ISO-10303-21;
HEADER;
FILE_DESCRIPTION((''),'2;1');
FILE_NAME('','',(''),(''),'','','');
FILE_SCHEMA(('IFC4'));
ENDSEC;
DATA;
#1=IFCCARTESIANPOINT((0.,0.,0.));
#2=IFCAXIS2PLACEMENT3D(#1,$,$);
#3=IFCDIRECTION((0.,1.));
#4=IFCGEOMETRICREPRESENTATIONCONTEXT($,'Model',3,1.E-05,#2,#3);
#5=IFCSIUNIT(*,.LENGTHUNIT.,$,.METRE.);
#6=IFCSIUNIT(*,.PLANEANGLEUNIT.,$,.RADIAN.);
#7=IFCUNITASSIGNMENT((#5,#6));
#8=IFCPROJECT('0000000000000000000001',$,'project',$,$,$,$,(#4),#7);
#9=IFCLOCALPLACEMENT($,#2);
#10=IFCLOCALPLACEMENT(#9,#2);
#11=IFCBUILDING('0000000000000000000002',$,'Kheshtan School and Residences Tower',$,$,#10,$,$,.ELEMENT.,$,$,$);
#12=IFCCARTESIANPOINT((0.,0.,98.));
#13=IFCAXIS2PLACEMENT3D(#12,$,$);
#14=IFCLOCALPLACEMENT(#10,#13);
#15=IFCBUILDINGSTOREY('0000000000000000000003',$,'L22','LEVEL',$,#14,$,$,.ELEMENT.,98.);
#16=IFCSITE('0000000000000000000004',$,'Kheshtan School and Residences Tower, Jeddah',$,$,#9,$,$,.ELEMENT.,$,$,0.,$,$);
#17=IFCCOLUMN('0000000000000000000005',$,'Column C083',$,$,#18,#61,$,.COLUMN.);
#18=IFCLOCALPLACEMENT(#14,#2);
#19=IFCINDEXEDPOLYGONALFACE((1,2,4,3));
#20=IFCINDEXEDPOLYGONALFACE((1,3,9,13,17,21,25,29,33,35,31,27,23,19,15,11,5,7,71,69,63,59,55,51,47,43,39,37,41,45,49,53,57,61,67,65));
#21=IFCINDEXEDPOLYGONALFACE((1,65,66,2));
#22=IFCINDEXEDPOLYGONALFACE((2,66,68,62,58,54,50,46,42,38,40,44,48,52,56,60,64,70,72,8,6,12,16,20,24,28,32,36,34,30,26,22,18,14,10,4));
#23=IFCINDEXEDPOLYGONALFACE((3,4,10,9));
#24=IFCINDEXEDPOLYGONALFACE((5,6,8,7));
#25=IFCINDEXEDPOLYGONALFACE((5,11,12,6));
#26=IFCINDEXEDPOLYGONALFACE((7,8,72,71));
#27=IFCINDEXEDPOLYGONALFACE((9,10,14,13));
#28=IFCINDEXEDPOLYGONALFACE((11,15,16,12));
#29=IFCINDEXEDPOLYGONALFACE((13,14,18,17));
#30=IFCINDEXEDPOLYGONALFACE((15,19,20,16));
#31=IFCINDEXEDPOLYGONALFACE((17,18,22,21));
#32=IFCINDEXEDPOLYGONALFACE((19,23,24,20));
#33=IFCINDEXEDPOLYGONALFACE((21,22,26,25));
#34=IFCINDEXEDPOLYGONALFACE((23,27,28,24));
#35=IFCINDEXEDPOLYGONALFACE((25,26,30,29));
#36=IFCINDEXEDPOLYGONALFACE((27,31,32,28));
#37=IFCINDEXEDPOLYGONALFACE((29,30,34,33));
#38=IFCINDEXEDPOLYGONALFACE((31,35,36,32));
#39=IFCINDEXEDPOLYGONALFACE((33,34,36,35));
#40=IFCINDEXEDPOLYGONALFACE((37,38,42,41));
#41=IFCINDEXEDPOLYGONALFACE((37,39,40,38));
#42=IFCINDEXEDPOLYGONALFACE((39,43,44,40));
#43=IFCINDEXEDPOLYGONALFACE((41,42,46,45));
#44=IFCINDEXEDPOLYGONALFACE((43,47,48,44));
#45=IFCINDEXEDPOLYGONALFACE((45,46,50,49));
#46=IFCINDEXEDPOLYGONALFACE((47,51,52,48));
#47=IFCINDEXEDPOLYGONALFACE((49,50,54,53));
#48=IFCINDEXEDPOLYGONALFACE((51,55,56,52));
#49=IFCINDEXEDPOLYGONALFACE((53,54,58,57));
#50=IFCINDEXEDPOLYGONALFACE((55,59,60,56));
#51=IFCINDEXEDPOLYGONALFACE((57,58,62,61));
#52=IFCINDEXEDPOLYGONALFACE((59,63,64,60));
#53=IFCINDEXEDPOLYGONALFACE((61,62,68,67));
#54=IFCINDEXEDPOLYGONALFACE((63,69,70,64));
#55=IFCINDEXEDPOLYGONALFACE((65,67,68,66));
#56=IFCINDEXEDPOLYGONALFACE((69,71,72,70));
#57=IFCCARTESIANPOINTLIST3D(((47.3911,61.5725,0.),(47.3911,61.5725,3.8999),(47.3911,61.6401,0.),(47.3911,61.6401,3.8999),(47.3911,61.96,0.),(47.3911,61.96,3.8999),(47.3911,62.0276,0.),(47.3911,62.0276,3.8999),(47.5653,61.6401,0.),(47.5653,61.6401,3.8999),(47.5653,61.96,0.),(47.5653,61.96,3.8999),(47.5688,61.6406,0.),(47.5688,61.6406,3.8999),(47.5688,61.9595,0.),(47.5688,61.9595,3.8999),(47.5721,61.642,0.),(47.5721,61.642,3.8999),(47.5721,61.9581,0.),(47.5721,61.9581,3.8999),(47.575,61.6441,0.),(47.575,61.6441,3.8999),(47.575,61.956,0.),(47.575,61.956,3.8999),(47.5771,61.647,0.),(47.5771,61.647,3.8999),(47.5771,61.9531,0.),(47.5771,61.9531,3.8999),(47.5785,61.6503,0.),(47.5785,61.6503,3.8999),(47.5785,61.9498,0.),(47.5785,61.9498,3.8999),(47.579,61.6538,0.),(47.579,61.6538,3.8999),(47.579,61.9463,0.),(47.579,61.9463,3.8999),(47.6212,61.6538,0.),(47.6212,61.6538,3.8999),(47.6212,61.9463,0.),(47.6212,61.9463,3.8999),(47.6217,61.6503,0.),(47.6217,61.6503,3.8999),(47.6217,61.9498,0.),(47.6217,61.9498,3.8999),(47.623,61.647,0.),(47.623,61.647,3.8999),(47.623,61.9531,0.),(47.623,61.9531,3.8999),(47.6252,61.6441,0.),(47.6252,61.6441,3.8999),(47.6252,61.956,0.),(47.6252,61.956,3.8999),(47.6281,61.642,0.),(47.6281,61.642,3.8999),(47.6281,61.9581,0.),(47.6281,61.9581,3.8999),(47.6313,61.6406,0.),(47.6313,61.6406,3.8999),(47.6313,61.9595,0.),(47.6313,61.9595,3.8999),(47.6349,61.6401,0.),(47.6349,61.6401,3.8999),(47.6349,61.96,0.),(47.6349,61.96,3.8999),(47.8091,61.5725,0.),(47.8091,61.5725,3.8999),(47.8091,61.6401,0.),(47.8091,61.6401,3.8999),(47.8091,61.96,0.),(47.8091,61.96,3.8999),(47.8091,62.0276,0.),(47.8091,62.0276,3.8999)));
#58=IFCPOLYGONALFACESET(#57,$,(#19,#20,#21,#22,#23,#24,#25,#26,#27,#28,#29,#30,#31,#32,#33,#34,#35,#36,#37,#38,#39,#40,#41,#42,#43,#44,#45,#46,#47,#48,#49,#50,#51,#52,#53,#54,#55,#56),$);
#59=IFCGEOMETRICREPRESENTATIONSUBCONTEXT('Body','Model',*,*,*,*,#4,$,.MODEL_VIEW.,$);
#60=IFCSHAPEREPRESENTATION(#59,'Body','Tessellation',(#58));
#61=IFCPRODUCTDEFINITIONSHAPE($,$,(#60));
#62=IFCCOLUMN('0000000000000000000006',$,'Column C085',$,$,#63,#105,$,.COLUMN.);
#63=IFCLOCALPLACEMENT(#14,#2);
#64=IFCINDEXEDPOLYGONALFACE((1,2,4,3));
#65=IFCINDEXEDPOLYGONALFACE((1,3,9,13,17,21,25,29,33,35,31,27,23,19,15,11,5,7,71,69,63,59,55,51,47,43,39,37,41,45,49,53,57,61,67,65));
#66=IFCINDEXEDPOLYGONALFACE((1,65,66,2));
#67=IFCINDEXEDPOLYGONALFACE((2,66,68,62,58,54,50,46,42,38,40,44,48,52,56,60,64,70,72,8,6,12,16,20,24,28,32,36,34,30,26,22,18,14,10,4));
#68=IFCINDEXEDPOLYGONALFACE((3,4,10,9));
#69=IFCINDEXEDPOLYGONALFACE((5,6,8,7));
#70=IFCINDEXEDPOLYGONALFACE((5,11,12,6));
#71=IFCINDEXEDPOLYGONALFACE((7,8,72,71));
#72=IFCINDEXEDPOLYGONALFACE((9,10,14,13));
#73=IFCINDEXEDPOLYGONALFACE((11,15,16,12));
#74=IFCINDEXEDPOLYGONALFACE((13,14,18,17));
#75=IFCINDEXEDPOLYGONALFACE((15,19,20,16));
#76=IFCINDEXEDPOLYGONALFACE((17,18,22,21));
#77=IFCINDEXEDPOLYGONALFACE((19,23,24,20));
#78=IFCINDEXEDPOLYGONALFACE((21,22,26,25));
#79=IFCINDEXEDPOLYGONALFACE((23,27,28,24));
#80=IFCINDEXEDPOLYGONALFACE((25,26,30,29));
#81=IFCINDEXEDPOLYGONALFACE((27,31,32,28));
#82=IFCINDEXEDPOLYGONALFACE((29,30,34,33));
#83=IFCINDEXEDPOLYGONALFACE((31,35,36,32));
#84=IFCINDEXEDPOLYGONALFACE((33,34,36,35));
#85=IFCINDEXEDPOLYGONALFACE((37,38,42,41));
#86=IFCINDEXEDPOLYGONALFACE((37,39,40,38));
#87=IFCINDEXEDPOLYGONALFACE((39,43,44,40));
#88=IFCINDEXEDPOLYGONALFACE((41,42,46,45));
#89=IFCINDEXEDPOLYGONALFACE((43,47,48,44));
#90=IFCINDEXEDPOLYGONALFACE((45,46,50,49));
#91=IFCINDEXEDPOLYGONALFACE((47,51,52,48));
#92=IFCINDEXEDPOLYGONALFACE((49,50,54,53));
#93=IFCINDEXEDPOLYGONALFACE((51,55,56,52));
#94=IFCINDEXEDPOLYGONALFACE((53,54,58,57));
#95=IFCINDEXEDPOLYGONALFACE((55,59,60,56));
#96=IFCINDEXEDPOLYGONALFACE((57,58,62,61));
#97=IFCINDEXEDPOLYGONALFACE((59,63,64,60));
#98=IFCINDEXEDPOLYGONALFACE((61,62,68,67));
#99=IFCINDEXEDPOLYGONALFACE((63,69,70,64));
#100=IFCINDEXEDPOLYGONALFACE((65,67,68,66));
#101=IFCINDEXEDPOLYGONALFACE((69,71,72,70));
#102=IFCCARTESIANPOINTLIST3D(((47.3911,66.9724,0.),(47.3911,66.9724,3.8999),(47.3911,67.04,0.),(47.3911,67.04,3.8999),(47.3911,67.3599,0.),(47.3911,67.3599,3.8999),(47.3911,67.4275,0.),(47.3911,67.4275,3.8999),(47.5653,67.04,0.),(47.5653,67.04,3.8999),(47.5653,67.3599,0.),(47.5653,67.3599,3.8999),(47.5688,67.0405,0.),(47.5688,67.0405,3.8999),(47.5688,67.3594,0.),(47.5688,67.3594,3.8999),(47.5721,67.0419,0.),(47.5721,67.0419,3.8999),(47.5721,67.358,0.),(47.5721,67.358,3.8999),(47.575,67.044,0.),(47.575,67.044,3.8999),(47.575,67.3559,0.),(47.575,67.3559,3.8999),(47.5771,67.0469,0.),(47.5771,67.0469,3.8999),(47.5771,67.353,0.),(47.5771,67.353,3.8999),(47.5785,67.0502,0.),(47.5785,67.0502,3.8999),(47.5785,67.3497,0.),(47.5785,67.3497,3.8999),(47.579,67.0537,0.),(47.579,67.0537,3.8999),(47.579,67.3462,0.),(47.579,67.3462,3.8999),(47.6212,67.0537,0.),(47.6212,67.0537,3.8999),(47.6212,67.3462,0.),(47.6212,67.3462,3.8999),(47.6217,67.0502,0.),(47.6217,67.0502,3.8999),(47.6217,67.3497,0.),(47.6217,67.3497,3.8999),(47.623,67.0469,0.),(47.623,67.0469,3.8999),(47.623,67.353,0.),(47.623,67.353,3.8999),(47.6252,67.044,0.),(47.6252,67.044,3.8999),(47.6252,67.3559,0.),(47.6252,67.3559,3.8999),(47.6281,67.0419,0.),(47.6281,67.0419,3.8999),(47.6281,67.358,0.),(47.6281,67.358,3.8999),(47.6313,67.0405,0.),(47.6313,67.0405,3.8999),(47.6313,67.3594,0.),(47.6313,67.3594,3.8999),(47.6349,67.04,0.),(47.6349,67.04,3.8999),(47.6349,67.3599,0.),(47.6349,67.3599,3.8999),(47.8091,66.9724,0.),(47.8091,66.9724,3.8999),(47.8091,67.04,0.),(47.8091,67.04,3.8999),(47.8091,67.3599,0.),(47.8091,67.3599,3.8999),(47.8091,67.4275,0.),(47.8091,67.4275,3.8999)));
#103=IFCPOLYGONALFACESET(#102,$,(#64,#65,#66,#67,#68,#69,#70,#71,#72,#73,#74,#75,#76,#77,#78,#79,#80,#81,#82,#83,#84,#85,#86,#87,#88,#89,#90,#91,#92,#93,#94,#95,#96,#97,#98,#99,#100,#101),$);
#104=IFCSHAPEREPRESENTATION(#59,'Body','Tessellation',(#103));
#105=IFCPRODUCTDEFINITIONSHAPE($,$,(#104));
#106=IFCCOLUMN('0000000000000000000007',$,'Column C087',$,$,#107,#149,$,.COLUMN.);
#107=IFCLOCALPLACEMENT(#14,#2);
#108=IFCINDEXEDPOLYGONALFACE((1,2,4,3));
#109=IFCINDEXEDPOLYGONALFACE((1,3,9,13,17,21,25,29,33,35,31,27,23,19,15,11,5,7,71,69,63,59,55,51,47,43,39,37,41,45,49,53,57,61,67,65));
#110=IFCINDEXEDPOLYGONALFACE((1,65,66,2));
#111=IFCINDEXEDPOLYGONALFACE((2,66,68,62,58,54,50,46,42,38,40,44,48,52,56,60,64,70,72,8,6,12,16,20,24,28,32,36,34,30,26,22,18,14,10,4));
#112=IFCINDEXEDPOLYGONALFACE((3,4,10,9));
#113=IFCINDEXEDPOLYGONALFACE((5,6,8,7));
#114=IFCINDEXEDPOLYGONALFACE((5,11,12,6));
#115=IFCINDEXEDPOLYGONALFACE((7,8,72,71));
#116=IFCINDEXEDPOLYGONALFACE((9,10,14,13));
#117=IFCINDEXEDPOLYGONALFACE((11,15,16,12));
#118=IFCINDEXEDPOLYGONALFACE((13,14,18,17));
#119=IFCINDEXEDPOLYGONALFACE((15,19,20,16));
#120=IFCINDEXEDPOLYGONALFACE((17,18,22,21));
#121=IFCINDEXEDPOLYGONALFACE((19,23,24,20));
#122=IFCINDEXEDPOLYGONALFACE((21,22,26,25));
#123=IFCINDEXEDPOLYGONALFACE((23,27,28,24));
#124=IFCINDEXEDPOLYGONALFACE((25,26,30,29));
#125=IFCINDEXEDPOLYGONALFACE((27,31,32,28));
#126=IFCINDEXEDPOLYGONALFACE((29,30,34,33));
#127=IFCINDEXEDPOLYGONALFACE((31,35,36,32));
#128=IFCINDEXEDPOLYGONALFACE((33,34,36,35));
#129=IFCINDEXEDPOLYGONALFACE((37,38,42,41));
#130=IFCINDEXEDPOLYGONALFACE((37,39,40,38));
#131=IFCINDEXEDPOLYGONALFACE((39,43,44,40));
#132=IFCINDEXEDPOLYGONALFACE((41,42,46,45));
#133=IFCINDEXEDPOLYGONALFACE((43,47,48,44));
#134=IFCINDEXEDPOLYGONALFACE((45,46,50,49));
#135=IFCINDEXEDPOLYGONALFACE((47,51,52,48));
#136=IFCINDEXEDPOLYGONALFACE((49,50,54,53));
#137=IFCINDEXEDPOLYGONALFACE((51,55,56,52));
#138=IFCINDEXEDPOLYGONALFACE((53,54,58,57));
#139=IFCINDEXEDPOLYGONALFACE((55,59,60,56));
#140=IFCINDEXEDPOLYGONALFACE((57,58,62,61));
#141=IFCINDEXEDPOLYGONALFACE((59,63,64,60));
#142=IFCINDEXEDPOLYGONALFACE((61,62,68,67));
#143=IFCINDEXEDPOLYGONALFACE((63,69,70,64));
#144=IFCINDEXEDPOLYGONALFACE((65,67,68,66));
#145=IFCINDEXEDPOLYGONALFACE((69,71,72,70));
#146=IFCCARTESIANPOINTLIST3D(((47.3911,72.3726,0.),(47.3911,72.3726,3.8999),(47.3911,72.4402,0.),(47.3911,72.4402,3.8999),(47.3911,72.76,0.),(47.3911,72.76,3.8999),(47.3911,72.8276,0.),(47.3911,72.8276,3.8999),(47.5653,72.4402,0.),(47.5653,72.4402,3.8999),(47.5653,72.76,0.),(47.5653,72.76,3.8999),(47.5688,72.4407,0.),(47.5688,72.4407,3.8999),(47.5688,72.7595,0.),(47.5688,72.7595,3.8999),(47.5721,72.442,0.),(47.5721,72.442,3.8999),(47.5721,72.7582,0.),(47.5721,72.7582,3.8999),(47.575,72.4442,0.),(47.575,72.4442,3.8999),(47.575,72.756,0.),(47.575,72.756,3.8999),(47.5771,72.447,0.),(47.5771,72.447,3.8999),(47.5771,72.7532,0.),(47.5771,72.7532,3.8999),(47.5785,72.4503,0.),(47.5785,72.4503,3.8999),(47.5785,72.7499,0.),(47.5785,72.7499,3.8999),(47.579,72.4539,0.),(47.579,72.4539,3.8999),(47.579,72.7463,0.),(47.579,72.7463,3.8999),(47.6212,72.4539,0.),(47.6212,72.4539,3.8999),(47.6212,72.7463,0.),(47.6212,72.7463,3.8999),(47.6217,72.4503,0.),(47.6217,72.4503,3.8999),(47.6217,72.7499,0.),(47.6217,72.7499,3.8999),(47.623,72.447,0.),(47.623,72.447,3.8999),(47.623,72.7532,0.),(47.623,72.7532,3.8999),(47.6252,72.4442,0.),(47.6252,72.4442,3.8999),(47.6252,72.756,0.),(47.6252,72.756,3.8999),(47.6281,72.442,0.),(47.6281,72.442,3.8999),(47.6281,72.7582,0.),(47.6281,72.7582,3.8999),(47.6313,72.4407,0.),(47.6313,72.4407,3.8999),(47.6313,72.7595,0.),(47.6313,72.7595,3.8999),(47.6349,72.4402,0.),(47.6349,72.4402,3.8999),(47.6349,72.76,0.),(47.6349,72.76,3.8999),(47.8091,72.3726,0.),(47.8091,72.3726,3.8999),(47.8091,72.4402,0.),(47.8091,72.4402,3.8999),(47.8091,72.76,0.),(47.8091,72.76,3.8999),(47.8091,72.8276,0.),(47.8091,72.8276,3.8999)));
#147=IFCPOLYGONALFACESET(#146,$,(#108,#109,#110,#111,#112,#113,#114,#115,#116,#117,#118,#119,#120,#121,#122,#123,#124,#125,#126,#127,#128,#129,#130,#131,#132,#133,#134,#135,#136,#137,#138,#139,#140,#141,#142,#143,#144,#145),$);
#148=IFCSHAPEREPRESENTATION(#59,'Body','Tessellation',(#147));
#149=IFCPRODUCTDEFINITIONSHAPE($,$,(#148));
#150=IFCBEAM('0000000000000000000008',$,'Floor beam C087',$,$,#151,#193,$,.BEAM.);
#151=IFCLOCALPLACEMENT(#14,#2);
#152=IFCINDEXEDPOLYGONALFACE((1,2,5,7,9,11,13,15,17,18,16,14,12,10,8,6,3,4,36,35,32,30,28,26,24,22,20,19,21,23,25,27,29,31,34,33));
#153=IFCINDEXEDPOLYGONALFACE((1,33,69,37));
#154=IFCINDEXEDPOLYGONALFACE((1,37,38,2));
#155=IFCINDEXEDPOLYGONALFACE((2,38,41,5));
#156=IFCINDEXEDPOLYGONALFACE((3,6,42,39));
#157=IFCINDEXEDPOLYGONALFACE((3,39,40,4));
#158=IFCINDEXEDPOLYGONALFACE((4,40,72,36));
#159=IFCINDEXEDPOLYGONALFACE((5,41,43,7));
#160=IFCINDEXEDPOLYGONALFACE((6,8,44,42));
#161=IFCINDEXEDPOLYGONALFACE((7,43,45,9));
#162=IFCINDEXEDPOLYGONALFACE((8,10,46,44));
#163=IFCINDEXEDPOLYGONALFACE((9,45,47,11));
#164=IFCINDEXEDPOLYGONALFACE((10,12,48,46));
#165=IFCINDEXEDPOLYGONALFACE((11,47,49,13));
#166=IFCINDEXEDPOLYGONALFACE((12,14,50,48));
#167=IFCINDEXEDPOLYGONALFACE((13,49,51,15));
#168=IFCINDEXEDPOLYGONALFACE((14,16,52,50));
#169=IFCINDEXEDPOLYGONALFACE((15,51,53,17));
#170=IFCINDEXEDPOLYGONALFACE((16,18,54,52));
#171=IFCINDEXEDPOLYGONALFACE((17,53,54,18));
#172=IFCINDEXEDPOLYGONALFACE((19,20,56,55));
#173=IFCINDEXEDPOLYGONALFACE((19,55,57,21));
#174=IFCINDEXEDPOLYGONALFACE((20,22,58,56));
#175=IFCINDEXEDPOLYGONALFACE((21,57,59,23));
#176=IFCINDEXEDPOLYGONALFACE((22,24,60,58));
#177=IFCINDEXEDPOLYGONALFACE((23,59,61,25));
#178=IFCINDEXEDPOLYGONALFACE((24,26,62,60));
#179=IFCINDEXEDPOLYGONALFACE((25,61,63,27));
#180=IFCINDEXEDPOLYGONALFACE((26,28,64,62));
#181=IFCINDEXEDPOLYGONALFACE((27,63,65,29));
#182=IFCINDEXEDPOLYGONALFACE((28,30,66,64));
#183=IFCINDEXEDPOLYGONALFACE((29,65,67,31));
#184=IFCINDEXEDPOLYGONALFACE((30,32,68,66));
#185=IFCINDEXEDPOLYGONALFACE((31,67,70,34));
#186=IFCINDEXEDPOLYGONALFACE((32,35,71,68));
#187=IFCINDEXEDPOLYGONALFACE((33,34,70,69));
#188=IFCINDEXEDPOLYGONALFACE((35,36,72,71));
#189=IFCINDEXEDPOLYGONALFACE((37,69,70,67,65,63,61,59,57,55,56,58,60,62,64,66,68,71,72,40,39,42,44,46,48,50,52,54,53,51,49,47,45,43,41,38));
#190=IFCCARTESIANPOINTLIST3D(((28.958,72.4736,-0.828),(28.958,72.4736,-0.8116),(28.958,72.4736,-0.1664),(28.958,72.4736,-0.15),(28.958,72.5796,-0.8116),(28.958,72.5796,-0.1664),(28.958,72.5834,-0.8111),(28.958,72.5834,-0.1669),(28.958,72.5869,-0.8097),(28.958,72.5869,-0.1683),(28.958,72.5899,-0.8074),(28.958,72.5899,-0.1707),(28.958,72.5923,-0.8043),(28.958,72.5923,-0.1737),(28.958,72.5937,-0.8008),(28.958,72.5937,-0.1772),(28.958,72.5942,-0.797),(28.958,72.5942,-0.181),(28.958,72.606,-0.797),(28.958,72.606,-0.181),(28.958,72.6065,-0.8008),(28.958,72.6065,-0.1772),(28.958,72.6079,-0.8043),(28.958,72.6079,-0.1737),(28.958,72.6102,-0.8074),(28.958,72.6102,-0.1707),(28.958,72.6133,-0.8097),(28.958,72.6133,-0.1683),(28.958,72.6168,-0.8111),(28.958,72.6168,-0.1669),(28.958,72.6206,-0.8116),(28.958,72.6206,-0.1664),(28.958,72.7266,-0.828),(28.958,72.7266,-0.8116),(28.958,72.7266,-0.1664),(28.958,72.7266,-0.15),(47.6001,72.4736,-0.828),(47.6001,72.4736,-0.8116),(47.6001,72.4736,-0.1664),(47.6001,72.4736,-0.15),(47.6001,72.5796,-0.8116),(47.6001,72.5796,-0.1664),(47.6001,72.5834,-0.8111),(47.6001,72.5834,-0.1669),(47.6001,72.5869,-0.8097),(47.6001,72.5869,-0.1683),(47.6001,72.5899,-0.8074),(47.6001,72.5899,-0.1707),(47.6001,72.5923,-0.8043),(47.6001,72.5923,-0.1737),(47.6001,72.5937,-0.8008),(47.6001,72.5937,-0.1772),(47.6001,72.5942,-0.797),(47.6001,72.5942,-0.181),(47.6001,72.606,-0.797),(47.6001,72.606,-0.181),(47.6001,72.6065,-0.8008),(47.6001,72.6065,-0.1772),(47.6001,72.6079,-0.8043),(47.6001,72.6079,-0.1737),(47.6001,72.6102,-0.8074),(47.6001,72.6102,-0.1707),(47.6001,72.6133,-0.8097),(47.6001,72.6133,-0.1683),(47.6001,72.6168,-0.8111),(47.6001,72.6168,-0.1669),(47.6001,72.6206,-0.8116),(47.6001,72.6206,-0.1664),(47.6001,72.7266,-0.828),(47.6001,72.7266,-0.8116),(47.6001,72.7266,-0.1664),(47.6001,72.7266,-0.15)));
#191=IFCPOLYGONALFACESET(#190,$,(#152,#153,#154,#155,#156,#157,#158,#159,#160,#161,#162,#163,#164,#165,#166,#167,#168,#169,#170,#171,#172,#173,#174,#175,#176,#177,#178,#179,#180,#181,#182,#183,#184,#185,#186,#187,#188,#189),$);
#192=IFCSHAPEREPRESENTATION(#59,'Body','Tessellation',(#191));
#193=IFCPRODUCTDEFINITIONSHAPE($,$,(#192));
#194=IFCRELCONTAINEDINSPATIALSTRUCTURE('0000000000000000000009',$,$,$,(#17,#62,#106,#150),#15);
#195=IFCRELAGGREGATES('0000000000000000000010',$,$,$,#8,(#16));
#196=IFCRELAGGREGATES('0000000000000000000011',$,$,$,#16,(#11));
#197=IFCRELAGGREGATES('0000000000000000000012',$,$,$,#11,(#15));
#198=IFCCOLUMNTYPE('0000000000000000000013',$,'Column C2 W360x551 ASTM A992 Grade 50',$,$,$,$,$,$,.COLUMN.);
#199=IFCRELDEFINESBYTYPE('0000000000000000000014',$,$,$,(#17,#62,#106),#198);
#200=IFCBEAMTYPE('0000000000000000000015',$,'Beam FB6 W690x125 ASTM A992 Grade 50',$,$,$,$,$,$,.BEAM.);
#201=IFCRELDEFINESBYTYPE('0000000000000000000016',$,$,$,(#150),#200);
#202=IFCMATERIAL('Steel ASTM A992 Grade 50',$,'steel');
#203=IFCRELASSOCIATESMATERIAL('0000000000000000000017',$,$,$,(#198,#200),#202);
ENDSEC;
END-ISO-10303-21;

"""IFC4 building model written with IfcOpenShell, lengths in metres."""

from ifc_helpers import new_model, si_unit, direction, frame, origin, origin_2d, place, context, subcontext, project, spatial, i_section, extrude, material, material_profile, profile_set, type_object, element, save


model = new_model("IFC4")

# Units and contexts
model_context = context("Model", 3, precision=1e-05, world=origin(), true_north=direction((0.0, 1.0)))
body_context = subcontext(model_context, "Body", "Model", "MODEL_VIEW")
ifc_project = project(units=[si_unit("LENGTHUNIT", "METRE"), si_unit("PLANEANGLEUNIT", "RADIAN")], contexts=[model_context])

# Site, building, storey
site_placement = place(None, origin())
site = spatial("IfcSite", under=ifc_project, at=site_placement, Name="Kheshtan School and Residences Tower, Jeddah", CompositionType="ELEMENT", RefElevation=0.0)
building_placement = place(site_placement, origin())
building = spatial("IfcBuilding", under=site, at=building_placement, Name="Kheshtan School and Residences Tower", CompositionType="ELEMENT")
storey_placement = place(building_placement, frame((0.0, 0.0, 98.0)))
storey = spatial("IfcBuildingStorey", under=building, at=storey_placement, Name="L22", Description="LEVEL", CompositionType="ELEMENT", Elevation=98.0)

# Columns
ifc_material_1 = material(Name="Steel ASTM A992 Grade 50", Category="steel")
ifc_material_profile_1 = material_profile(ifc_material_1, i_section(OverallWidth=0.418, OverallDepth=0.4551, WebThickness=0.0422, FlangeThickness=0.0676, FilletRadius=0.0137, at=origin_2d()), Name="W360x551")
ifc_profile_set_1 = profile_set([ifc_material_profile_1], Name="Steel ASTM A992 Grade 50")
column_type = type_object("IfcColumnType", Name="Column C2 W360x551 ASTM A992 Grade 50", PredefinedType="COLUMN", material=ifc_profile_set_1)
for number, where, z_axis, x_axis, name in (
    (1, (47.6001, 61.8, 0.0), (0.0, 0.0, 1.0), (1.0, 0.0, 0.0), "Column C083"),
    (2, (47.6001, 67.2, 0.0), (0.0, 0.0, 1.0), (1.0, 0.0, 0.0), "Column C085"),
    (3, (47.6001, 72.6001, 0.0), (0.0, 0.0, 1.0), (1.0, 0.0, 0.0), "Column C087"),
):
    element("IfcColumn", number, at=place(storey_placement, frame(where, z_axis=z_axis, x_axis=x_axis)), inside=storey, type_object=column_type, Name=name, PredefinedType="COLUMN", context=body_context, shape_type="SweptSolid", body=[
        extrude(i_section(OverallWidth=0.418, OverallDepth=0.4551, WebThickness=0.0422, FlangeThickness=0.0676, FilletRadius=0.0137, at=origin_2d()), origin(), (0.0, 0.0, 1.0), 3.8999),
    ])

# Beam
ifc_material_profile_2 = material_profile(ifc_material_1, i_section(OverallWidth=0.2529, OverallDepth=0.678, WebThickness=0.0117, FlangeThickness=0.0164, FilletRadius=0.0146, at=origin_2d()), Name="W690x125")
ifc_profile_set_2 = profile_set([ifc_material_profile_2], Name="Steel ASTM A992 Grade 50")
beam_type_1 = type_object("IfcBeamType", Name="Beam FB6 W690x125 ASTM A992 Grade 50", PredefinedType="BEAM", material=ifc_profile_set_2)
beam_1_placement = place(storey_placement, frame((47.6001, 72.6001, -0.489), z_axis=(-1.0, 0.0, 0.0), x_axis=(0.0, -1.0, 0.0)))
element("IfcBeam", 4, at=beam_1_placement, inside=storey, type_object=beam_type_1, Name="Floor beam C087", PredefinedType="BEAM", context=body_context, shape_type="SweptSolid", body=[
    extrude(i_section(OverallWidth=0.2529, OverallDepth=0.678, WebThickness=0.0117, FlangeThickness=0.0164, FilletRadius=0.0146, at=origin_2d()), origin(), (0.0, 0.0, 1.0), 18.6421),
])

save(model, "model.ifc")
